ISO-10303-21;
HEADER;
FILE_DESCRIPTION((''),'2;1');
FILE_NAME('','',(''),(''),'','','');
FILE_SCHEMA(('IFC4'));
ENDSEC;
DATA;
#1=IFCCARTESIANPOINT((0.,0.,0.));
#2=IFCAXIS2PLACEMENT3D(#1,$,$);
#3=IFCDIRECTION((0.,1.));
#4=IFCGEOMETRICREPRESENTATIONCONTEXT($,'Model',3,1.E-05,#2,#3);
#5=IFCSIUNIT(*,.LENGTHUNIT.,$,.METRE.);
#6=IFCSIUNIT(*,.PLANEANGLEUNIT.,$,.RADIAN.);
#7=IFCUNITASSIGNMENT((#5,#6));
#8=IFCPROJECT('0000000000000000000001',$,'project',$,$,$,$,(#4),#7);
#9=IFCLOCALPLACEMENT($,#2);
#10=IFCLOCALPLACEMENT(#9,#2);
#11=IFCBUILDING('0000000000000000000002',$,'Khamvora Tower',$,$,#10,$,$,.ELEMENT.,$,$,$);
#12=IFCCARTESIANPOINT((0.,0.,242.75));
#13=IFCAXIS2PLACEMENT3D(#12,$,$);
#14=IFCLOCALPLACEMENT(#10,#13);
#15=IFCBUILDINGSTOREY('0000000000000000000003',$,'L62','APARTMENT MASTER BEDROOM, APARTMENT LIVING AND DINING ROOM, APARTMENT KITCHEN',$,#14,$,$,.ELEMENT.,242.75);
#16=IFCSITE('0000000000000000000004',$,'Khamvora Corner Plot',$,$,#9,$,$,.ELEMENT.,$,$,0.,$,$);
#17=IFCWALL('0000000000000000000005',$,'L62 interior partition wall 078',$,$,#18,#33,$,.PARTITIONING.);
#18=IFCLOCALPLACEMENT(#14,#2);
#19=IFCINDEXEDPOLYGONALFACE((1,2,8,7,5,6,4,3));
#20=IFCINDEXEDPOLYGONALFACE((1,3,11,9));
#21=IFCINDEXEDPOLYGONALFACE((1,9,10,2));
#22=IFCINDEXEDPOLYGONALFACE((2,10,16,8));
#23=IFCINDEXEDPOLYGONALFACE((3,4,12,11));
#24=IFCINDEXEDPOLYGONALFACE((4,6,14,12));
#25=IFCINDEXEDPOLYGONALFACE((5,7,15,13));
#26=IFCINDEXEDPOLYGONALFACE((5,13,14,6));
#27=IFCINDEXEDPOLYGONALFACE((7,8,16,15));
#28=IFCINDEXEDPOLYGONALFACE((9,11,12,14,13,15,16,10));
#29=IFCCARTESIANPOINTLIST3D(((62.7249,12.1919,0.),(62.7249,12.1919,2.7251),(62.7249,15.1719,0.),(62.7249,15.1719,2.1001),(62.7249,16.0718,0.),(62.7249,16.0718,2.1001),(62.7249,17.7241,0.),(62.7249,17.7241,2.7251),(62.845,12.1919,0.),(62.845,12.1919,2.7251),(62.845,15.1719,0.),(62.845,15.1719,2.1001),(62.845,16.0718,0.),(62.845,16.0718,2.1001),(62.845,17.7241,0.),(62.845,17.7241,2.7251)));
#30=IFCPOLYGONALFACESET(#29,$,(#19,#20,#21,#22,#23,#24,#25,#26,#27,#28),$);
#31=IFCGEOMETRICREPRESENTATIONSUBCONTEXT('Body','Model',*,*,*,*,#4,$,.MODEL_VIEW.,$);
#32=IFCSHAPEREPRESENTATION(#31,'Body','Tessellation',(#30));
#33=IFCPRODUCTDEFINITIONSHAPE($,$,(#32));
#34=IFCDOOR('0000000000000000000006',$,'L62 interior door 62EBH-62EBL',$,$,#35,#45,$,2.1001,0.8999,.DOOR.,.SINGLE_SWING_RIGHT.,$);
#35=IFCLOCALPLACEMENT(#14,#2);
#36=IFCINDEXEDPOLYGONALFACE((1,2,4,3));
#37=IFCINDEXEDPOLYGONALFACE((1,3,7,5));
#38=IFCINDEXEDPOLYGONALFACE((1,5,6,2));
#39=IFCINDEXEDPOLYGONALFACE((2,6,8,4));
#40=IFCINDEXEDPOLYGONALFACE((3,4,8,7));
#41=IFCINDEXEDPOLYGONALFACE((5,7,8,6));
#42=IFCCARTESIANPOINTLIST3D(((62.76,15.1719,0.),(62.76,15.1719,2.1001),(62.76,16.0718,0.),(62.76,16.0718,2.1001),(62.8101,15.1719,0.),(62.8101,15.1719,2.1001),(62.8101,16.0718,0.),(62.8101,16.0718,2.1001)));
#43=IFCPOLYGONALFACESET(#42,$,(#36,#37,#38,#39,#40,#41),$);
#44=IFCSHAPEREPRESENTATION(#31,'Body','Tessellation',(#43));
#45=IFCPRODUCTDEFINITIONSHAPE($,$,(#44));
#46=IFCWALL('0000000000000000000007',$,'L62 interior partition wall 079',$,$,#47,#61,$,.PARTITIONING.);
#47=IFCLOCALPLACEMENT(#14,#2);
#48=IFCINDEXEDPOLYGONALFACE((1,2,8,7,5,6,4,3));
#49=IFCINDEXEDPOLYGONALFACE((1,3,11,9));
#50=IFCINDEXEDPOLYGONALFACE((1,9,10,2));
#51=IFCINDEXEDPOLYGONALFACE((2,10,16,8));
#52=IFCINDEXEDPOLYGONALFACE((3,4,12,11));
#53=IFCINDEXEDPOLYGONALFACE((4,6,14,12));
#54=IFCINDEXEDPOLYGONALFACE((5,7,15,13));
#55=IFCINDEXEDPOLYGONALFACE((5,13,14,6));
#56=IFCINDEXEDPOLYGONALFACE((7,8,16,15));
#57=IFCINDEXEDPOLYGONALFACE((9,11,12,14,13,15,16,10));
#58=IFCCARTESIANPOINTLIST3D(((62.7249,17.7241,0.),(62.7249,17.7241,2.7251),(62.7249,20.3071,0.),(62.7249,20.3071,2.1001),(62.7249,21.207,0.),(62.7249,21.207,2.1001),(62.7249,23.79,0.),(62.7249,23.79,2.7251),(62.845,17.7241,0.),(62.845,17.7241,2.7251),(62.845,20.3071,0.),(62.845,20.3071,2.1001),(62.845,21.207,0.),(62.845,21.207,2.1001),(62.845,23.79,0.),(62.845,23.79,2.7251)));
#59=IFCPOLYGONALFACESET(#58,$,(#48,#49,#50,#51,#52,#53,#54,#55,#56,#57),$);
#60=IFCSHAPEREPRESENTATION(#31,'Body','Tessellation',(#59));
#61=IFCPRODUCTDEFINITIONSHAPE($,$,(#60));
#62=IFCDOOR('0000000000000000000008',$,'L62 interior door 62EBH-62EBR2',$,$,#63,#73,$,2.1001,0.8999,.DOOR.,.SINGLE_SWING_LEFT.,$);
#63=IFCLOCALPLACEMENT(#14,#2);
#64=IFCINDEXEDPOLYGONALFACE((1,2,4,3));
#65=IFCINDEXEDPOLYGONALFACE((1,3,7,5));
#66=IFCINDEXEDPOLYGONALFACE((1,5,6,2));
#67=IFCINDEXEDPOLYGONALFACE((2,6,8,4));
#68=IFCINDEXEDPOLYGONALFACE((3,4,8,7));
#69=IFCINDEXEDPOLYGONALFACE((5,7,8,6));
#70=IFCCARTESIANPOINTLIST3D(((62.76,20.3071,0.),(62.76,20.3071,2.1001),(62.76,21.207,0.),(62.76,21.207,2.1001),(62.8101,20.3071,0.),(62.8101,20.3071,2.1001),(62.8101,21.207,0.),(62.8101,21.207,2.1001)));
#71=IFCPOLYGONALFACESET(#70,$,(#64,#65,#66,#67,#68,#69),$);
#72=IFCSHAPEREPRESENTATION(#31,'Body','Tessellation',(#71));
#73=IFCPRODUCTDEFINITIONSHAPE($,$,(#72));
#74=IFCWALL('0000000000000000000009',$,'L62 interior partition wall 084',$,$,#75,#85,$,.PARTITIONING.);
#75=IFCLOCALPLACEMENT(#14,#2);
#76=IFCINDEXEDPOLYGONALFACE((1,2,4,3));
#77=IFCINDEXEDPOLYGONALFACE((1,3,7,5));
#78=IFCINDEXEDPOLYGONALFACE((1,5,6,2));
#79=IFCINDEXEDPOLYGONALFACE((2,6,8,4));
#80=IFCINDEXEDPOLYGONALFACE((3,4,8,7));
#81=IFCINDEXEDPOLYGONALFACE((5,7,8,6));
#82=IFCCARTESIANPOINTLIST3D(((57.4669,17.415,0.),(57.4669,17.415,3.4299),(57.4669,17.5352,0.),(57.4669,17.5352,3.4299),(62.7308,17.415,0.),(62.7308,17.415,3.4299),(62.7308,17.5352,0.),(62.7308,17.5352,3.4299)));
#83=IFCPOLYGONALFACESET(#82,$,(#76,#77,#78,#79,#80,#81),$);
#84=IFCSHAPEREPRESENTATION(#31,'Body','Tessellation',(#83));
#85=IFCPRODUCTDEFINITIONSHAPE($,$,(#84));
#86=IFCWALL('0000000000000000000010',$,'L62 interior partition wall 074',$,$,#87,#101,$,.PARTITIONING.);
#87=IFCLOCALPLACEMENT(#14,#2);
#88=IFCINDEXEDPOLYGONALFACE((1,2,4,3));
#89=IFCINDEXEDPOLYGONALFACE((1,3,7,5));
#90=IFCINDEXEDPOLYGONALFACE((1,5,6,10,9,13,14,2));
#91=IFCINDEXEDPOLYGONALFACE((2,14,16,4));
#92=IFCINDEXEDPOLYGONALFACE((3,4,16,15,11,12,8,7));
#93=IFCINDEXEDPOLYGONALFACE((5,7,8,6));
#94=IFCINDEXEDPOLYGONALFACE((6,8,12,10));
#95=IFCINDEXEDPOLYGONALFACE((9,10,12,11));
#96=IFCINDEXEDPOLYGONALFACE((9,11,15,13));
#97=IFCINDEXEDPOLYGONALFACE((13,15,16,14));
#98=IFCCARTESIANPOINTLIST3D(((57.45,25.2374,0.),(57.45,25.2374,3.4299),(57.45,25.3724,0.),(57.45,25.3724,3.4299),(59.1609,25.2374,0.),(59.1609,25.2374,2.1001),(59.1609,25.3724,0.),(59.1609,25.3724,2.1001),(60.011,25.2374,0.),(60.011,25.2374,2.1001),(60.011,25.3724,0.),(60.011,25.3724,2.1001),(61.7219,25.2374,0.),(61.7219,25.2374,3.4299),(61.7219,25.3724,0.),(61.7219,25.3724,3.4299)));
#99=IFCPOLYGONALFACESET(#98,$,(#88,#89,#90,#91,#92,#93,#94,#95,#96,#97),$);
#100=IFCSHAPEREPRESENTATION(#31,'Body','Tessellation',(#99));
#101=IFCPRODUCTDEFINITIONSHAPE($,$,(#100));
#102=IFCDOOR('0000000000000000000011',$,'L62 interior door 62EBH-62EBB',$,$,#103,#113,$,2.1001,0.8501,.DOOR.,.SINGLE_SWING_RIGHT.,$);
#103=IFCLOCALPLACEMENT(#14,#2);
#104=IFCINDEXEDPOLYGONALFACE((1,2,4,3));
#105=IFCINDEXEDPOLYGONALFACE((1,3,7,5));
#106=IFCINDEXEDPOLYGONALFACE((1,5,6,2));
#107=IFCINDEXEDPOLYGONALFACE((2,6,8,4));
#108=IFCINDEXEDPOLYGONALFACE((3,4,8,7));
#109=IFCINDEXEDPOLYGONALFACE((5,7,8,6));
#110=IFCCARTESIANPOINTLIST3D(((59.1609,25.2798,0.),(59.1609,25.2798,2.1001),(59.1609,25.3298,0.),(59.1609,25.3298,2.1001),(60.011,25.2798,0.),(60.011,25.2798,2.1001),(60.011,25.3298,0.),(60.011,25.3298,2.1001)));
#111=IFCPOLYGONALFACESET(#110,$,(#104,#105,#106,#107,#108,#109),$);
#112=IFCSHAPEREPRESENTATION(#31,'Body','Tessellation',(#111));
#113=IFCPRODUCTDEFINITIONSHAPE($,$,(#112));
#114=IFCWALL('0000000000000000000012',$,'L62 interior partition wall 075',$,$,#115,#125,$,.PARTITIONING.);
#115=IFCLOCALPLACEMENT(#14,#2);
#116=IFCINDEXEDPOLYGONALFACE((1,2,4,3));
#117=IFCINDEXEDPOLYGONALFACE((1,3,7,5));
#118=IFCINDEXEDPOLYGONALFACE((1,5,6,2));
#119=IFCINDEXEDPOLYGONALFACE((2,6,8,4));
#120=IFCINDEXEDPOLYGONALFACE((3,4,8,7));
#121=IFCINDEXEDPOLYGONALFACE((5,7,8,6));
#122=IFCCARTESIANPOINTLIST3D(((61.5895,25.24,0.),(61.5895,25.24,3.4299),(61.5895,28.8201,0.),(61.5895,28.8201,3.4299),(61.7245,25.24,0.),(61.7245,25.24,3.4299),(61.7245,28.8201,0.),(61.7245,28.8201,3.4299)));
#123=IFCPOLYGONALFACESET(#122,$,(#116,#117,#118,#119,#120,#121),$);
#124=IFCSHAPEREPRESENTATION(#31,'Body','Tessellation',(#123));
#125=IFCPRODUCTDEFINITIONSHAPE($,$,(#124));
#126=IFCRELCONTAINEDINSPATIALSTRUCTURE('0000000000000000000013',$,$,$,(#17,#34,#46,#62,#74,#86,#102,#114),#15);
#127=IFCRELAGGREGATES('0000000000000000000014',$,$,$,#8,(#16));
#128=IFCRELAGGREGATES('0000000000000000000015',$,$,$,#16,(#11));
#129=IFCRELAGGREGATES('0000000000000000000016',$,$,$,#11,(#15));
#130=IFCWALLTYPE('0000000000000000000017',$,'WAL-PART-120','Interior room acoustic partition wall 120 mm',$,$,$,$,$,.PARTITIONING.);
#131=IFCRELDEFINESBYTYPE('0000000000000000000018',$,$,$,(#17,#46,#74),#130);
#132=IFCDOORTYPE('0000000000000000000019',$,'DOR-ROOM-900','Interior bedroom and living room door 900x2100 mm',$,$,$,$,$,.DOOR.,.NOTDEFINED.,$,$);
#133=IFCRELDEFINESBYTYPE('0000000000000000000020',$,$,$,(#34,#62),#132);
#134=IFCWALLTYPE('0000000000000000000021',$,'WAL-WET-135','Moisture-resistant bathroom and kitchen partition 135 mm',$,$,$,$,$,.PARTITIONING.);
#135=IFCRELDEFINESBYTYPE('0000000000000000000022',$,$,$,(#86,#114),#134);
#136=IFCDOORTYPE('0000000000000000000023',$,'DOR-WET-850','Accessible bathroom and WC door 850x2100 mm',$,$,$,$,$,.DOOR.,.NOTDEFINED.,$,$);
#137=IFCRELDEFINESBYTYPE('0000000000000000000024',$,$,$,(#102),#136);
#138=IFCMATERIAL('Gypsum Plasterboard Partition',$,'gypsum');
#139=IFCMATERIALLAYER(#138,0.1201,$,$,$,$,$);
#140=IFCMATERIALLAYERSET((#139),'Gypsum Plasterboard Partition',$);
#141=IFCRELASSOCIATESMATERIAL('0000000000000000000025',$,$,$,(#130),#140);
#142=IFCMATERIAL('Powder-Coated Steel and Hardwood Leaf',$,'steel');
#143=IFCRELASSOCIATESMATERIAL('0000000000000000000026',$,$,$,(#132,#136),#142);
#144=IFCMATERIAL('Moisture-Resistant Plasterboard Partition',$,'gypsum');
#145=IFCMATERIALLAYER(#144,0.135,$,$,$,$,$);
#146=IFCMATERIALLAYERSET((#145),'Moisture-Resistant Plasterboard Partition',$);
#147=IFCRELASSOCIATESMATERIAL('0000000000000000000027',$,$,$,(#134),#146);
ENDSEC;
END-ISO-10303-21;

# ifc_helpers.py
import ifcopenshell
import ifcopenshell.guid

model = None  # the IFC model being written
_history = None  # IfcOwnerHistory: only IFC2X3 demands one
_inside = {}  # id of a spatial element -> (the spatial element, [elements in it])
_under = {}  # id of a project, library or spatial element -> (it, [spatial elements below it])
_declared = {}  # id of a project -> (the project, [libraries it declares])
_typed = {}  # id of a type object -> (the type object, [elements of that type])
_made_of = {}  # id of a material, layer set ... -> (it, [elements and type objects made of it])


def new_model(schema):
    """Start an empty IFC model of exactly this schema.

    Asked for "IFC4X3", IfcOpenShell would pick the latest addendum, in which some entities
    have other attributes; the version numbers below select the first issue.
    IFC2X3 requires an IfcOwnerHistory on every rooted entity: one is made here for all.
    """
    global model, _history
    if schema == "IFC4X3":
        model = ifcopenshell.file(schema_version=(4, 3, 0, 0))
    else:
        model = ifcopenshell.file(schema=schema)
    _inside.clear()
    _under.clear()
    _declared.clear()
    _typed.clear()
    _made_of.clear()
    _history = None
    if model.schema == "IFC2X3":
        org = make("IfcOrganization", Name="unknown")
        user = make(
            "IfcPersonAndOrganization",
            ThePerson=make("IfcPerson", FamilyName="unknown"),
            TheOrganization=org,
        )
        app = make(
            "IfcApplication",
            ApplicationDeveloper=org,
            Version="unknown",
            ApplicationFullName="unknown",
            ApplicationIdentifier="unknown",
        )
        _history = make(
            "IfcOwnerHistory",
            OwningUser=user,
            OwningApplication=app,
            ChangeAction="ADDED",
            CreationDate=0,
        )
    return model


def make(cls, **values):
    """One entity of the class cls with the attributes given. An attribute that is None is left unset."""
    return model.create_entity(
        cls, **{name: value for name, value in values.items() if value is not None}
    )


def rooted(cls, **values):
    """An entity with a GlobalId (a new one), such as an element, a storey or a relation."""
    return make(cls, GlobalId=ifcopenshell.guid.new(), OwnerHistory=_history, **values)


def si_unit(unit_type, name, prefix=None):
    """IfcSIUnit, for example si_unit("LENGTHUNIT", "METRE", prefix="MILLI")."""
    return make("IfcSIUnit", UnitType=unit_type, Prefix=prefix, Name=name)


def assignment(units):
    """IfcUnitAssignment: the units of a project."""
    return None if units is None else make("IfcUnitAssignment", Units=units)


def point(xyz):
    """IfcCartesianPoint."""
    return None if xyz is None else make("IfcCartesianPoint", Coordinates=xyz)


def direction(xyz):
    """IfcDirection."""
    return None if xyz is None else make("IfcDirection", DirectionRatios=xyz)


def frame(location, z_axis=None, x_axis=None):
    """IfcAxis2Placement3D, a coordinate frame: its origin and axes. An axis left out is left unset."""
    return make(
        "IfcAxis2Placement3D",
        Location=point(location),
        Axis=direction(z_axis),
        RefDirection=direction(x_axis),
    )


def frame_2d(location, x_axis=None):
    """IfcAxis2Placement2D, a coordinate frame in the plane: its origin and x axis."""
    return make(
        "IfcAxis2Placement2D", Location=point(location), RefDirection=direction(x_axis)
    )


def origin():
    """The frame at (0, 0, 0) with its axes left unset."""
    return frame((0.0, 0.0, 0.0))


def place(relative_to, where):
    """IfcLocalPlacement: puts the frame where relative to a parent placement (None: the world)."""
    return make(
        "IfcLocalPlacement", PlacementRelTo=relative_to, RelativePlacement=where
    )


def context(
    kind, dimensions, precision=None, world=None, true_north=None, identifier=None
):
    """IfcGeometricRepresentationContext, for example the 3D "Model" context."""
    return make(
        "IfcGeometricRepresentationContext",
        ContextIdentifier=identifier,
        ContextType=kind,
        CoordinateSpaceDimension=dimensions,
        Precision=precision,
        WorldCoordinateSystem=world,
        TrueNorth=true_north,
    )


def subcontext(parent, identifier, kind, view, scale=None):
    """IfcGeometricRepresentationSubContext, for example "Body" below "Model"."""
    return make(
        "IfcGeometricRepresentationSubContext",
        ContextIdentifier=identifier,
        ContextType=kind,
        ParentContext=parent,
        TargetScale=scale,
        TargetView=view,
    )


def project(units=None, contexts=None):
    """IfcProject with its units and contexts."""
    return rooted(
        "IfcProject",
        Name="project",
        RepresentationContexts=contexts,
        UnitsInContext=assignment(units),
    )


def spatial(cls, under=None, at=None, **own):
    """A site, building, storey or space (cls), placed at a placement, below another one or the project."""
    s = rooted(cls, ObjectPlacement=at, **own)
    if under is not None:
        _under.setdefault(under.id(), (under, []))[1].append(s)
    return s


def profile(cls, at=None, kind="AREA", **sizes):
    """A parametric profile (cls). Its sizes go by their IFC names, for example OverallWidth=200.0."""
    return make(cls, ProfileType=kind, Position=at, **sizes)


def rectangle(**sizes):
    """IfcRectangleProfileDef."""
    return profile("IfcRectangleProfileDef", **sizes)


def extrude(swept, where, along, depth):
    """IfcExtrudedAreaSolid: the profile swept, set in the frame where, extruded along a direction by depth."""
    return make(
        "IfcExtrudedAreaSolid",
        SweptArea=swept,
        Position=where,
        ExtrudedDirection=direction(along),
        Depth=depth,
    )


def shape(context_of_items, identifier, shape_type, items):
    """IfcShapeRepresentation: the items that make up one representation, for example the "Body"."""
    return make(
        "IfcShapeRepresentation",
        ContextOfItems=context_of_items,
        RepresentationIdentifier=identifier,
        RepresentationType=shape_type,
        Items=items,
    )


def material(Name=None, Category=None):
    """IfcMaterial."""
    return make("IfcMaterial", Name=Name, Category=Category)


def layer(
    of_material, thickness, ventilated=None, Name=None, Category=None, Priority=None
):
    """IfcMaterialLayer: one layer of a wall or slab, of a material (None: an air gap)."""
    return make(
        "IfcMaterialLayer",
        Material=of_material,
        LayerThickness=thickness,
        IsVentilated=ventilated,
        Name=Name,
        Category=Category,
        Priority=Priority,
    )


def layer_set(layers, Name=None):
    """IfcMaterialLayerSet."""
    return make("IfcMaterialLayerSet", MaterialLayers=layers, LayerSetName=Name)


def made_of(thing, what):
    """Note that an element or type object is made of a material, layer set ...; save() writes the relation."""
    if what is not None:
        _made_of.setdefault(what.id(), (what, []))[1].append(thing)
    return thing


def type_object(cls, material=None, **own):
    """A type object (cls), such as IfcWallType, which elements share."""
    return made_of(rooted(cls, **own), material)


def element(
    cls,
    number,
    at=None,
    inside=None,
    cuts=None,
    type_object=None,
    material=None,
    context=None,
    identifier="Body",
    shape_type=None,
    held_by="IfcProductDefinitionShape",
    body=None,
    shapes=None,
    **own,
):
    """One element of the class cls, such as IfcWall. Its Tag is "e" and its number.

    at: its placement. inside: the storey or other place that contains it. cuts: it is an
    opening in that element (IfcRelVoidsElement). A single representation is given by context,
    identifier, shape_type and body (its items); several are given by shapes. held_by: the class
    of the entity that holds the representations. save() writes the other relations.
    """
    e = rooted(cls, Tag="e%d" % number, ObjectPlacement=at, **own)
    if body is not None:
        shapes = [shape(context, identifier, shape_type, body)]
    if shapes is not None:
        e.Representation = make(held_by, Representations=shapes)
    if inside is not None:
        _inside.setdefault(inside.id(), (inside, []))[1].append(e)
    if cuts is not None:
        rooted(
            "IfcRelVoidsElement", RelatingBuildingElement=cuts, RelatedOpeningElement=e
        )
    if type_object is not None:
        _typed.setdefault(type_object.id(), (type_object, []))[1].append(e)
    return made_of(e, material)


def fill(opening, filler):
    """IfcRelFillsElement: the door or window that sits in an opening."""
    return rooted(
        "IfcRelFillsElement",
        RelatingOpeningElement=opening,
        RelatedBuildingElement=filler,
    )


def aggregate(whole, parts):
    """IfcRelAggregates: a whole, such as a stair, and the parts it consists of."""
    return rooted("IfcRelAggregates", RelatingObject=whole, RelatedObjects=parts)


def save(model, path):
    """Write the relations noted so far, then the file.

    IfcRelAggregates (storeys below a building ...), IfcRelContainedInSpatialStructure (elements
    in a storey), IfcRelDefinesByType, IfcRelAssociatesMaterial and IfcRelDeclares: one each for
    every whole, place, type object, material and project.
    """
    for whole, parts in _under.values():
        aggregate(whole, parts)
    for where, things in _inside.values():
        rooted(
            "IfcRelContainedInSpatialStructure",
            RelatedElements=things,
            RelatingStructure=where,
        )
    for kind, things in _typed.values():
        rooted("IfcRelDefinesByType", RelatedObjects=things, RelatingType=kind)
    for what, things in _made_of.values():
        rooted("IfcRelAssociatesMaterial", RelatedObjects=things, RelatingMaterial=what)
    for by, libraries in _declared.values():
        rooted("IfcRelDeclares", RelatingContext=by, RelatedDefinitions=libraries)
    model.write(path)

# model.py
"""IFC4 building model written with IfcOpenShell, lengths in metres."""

from ifc_helpers import new_model, si_unit, direction, frame, frame_2d, origin, place, context, subcontext, project, spatial, rectangle, extrude, material, layer, layer_set, type_object, element, fill, save


model = new_model("IFC4")

# Units and contexts
model_context = context("Model", 3, precision=1e-05, world=origin(), true_north=direction((0.0, 1.0)))
body_context = subcontext(model_context, "Body", "Model", "MODEL_VIEW")
ifc_project = project(units=[si_unit("LENGTHUNIT", "METRE"), si_unit("PLANEANGLEUNIT", "RADIAN")], contexts=[model_context])

# Site, building, storey
site_placement = place(None, origin())
site = spatial("IfcSite", under=ifc_project, at=site_placement, Name="Khamvora Corner Plot", CompositionType="ELEMENT", RefElevation=0.0)
building_placement = place(site_placement, origin())
building = spatial("IfcBuilding", under=site, at=building_placement, Name="Khamvora Tower", CompositionType="ELEMENT")
storey_placement = place(building_placement, frame((0.0, 0.0, 242.75)))
storey = spatial("IfcBuildingStorey", under=building, at=storey_placement, Name="L62", Description="APARTMENT MASTER BEDROOM, APARTMENT LIVING AND DINING ROOM, APARTMENT KITCHEN", CompositionType="ELEMENT", Elevation=242.75)

# Walls, openings, doors
ifc_material_1 = material(Name="Gypsum Plasterboard Partition", Category="gypsum")
ifc_layer_1 = layer(ifc_material_1, 0.1201)
ifc_layer_set_1 = layer_set([ifc_layer_1], Name="Gypsum Plasterboard Partition")
wall_type_1 = type_object("IfcWallType", Name="WAL-PART-120", Description="Interior room acoustic partition wall 120 mm", PredefinedType="PARTITIONING", material=ifc_layer_set_1)
ifc_material_2 = material(Name="Powder-Coated Steel and Hardwood Leaf", Category="steel")
door_type_1 = type_object("IfcDoorType", Name="DOR-ROOM-900", Description="Interior bedroom and living room door 900x2100 mm", OperationType="NOTDEFINED", PredefinedType="DOOR", material=ifc_material_2)
wall_1_placement = place(storey_placement, frame((62.7849, 12.1919, 0.0), z_axis=(0.0, 0.0, 1.0), x_axis=(0.0, 1.0, 0.0)))
wall_1 = element("IfcWall", 1, at=wall_1_placement, inside=storey, type_object=wall_type_1, Name="L62 interior partition wall 078", PredefinedType="PARTITIONING", context=body_context, shape_type="SweptSolid", body=[
    extrude(rectangle(XDim=5.5322, YDim=0.1201, at=frame_2d((2.7661, 0.0))), origin(), (0.0, 0.0, 1.0), 2.7251),
])
opening_1_placement = place(wall_1_placement, frame((2.98, 0.0, 0.0)))
opening_1 = element("IfcOpeningElement", 2, at=opening_1_placement, cuts=wall_1, PredefinedType="OPENING", context=body_context, shape_type="SweptSolid", body=[
    extrude(rectangle(XDim=0.8999, YDim=2.1001, at=frame_2d((0.45, 1.05))), frame((0.0, 0.0701, 0.0), z_axis=(0.0, -1.0, 0.0), x_axis=(1.0, 0.0, 0.0)), (0.0, 0.0, 1.0), 0.1401),
])
door_1_placement = place(opening_1_placement, origin())
door_1 = element("IfcDoor", 3, at=door_1_placement, inside=storey, type_object=door_type_1, Name="L62 interior door 62EBH-62EBL", OperationType="SINGLE_SWING_RIGHT", OverallHeight=2.1001, OverallWidth=0.8999, PredefinedType="DOOR", context=body_context, shape_type="SweptSolid", body=[
    extrude(rectangle(XDim=0.8999, YDim=2.1001, at=frame_2d((0.45, 1.05))), frame((0.0, 0.0249, 0.0), z_axis=(0.0, -1.0, 0.0), x_axis=(1.0, 0.0, 0.0)), (0.0, 0.0, 1.0), 0.05),
])
fill(opening_1, door_1)
wall_2_placement = place(storey_placement, frame((62.7849, 17.7241, 0.0), z_axis=(0.0, 0.0, 1.0), x_axis=(0.0, 1.0, 0.0)))
wall_2 = element("IfcWall", 4, at=wall_2_placement, inside=storey, type_object=wall_type_1, Name="L62 interior partition wall 079", PredefinedType="PARTITIONING", context=body_context, shape_type="SweptSolid", body=[
    extrude(rectangle(XDim=6.0659, YDim=0.1201, at=frame_2d((3.033, 0.0))), origin(), (0.0, 0.0, 1.0), 2.7251),
])
opening_2_placement = place(wall_2_placement, frame((2.583, 0.0, 0.0)))
opening_2 = element("IfcOpeningElement", 5, at=opening_2_placement, cuts=wall_2, PredefinedType="OPENING", context=body_context, shape_type="SweptSolid", body=[
    extrude(rectangle(XDim=0.8999, YDim=2.1001, at=frame_2d((0.45, 1.05))), frame((0.0, 0.0701, 0.0), z_axis=(0.0, -1.0, 0.0), x_axis=(1.0, 0.0, 0.0)), (0.0, 0.0, 1.0), 0.1401),
])
door_2_placement = place(opening_2_placement, origin())
door_2 = element("IfcDoor", 6, at=door_2_placement, inside=storey, type_object=door_type_1, Name="L62 interior door 62EBH-62EBR2", OperationType="SINGLE_SWING_LEFT", OverallHeight=2.1001, OverallWidth=0.8999, PredefinedType="DOOR", context=body_context, shape_type="SweptSolid", body=[
    extrude(rectangle(XDim=0.8999, YDim=2.1001, at=frame_2d((0.45, 1.05))), frame((0.0, 0.0249, 0.0), z_axis=(0.0, -1.0, 0.0), x_axis=(1.0, 0.0, 0.0)), (0.0, 0.0, 1.0), 0.05),
])
fill(opening_2, door_2)

# Wall
wall_3_placement = place(storey_placement, frame((57.467, 17.4751, 0.0), z_axis=(0.0, 0.0, 1.0), x_axis=(1.0, 0.0, 0.0)))
element("IfcWall", 7, at=wall_3_placement, inside=storey, type_object=wall_type_1, Name="L62 interior partition wall 084", PredefinedType="PARTITIONING", context=body_context, shape_type="SweptSolid", body=[
    extrude(rectangle(XDim=5.2639, YDim=0.1201, at=frame_2d((2.6318, 0.0))), origin(), (0.0, 0.0, 1.0), 3.4299),
])

# Wall, opening, door
ifc_material_3 = material(Name="Moisture-Resistant Plasterboard Partition", Category="gypsum")
ifc_layer_2 = layer(ifc_material_3, 0.135)
ifc_layer_set_2 = layer_set([ifc_layer_2], Name="Moisture-Resistant Plasterboard Partition")
wall_type_2 = type_object("IfcWallType", Name="WAL-WET-135", Description="Moisture-resistant bathroom and kitchen partition 135 mm", PredefinedType="PARTITIONING", material=ifc_layer_set_2)
wall_4_placement = place(storey_placement, frame((57.45, 25.3049, 0.0), z_axis=(0.0, 0.0, 1.0), x_axis=(1.0, 0.0, 0.0)))
wall_4 = element("IfcWall", 8, at=wall_4_placement, inside=storey, type_object=wall_type_2, Name="L62 interior partition wall 074", PredefinedType="PARTITIONING", context=body_context, shape_type="SweptSolid", body=[
    extrude(rectangle(XDim=4.272, YDim=0.135, at=frame_2d((2.136, 0.0))), origin(), (0.0, 0.0, 1.0), 3.4299),
])
opening_3_placement = place(wall_4_placement, frame((1.7109, 0.0, 0.0)))
opening_3 = element("IfcOpeningElement", 9, at=opening_3_placement, cuts=wall_4, PredefinedType="OPENING", context=body_context, shape_type="SweptSolid", body=[
    extrude(rectangle(XDim=0.8501, YDim=2.1001, at=frame_2d((0.425, 1.05))), frame((0.0, 0.0774, 0.0), z_axis=(0.0, -1.0, 0.0), x_axis=(1.0, 0.0, 0.0)), (0.0, 0.0, 1.0), 0.155),
])
door_type_2 = type_object("IfcDoorType", Name="DOR-WET-850", Description="Accessible bathroom and WC door 850x2100 mm", OperationType="NOTDEFINED", PredefinedType="DOOR", material=ifc_material_2)
door_3_placement = place(opening_3_placement, origin())
door_3 = element("IfcDoor", 10, at=door_3_placement, inside=storey, type_object=door_type_2, Name="L62 interior door 62EBH-62EBB", OperationType="SINGLE_SWING_RIGHT", OverallHeight=2.1001, OverallWidth=0.8501, PredefinedType="DOOR", context=body_context, shape_type="SweptSolid", body=[
    extrude(rectangle(XDim=0.8501, YDim=2.1001, at=frame_2d((0.425, 1.05))), frame((0.0, 0.0249, 0.0), z_axis=(0.0, -1.0, 0.0), x_axis=(1.0, 0.0, 0.0)), (0.0, 0.0, 1.0), 0.05),
])
fill(opening_3, door_3)

# Wall
wall_5_placement = place(storey_placement, frame((61.657, 25.24, 0.0), z_axis=(0.0, 0.0, 1.0), x_axis=(0.0, 1.0, 0.0)))
element("IfcWall", 11, at=wall_5_placement, inside=storey, type_object=wall_type_2, Name="L62 interior partition wall 075", PredefinedType="PARTITIONING", context=body_context, shape_type="SweptSolid", body=[
    extrude(rectangle(XDim=3.5801, YDim=0.135, at=frame_2d((1.79, 0.0))), origin(), (0.0, 0.0, 1.0), 3.4299),
])

save(model, "model.ifc")
